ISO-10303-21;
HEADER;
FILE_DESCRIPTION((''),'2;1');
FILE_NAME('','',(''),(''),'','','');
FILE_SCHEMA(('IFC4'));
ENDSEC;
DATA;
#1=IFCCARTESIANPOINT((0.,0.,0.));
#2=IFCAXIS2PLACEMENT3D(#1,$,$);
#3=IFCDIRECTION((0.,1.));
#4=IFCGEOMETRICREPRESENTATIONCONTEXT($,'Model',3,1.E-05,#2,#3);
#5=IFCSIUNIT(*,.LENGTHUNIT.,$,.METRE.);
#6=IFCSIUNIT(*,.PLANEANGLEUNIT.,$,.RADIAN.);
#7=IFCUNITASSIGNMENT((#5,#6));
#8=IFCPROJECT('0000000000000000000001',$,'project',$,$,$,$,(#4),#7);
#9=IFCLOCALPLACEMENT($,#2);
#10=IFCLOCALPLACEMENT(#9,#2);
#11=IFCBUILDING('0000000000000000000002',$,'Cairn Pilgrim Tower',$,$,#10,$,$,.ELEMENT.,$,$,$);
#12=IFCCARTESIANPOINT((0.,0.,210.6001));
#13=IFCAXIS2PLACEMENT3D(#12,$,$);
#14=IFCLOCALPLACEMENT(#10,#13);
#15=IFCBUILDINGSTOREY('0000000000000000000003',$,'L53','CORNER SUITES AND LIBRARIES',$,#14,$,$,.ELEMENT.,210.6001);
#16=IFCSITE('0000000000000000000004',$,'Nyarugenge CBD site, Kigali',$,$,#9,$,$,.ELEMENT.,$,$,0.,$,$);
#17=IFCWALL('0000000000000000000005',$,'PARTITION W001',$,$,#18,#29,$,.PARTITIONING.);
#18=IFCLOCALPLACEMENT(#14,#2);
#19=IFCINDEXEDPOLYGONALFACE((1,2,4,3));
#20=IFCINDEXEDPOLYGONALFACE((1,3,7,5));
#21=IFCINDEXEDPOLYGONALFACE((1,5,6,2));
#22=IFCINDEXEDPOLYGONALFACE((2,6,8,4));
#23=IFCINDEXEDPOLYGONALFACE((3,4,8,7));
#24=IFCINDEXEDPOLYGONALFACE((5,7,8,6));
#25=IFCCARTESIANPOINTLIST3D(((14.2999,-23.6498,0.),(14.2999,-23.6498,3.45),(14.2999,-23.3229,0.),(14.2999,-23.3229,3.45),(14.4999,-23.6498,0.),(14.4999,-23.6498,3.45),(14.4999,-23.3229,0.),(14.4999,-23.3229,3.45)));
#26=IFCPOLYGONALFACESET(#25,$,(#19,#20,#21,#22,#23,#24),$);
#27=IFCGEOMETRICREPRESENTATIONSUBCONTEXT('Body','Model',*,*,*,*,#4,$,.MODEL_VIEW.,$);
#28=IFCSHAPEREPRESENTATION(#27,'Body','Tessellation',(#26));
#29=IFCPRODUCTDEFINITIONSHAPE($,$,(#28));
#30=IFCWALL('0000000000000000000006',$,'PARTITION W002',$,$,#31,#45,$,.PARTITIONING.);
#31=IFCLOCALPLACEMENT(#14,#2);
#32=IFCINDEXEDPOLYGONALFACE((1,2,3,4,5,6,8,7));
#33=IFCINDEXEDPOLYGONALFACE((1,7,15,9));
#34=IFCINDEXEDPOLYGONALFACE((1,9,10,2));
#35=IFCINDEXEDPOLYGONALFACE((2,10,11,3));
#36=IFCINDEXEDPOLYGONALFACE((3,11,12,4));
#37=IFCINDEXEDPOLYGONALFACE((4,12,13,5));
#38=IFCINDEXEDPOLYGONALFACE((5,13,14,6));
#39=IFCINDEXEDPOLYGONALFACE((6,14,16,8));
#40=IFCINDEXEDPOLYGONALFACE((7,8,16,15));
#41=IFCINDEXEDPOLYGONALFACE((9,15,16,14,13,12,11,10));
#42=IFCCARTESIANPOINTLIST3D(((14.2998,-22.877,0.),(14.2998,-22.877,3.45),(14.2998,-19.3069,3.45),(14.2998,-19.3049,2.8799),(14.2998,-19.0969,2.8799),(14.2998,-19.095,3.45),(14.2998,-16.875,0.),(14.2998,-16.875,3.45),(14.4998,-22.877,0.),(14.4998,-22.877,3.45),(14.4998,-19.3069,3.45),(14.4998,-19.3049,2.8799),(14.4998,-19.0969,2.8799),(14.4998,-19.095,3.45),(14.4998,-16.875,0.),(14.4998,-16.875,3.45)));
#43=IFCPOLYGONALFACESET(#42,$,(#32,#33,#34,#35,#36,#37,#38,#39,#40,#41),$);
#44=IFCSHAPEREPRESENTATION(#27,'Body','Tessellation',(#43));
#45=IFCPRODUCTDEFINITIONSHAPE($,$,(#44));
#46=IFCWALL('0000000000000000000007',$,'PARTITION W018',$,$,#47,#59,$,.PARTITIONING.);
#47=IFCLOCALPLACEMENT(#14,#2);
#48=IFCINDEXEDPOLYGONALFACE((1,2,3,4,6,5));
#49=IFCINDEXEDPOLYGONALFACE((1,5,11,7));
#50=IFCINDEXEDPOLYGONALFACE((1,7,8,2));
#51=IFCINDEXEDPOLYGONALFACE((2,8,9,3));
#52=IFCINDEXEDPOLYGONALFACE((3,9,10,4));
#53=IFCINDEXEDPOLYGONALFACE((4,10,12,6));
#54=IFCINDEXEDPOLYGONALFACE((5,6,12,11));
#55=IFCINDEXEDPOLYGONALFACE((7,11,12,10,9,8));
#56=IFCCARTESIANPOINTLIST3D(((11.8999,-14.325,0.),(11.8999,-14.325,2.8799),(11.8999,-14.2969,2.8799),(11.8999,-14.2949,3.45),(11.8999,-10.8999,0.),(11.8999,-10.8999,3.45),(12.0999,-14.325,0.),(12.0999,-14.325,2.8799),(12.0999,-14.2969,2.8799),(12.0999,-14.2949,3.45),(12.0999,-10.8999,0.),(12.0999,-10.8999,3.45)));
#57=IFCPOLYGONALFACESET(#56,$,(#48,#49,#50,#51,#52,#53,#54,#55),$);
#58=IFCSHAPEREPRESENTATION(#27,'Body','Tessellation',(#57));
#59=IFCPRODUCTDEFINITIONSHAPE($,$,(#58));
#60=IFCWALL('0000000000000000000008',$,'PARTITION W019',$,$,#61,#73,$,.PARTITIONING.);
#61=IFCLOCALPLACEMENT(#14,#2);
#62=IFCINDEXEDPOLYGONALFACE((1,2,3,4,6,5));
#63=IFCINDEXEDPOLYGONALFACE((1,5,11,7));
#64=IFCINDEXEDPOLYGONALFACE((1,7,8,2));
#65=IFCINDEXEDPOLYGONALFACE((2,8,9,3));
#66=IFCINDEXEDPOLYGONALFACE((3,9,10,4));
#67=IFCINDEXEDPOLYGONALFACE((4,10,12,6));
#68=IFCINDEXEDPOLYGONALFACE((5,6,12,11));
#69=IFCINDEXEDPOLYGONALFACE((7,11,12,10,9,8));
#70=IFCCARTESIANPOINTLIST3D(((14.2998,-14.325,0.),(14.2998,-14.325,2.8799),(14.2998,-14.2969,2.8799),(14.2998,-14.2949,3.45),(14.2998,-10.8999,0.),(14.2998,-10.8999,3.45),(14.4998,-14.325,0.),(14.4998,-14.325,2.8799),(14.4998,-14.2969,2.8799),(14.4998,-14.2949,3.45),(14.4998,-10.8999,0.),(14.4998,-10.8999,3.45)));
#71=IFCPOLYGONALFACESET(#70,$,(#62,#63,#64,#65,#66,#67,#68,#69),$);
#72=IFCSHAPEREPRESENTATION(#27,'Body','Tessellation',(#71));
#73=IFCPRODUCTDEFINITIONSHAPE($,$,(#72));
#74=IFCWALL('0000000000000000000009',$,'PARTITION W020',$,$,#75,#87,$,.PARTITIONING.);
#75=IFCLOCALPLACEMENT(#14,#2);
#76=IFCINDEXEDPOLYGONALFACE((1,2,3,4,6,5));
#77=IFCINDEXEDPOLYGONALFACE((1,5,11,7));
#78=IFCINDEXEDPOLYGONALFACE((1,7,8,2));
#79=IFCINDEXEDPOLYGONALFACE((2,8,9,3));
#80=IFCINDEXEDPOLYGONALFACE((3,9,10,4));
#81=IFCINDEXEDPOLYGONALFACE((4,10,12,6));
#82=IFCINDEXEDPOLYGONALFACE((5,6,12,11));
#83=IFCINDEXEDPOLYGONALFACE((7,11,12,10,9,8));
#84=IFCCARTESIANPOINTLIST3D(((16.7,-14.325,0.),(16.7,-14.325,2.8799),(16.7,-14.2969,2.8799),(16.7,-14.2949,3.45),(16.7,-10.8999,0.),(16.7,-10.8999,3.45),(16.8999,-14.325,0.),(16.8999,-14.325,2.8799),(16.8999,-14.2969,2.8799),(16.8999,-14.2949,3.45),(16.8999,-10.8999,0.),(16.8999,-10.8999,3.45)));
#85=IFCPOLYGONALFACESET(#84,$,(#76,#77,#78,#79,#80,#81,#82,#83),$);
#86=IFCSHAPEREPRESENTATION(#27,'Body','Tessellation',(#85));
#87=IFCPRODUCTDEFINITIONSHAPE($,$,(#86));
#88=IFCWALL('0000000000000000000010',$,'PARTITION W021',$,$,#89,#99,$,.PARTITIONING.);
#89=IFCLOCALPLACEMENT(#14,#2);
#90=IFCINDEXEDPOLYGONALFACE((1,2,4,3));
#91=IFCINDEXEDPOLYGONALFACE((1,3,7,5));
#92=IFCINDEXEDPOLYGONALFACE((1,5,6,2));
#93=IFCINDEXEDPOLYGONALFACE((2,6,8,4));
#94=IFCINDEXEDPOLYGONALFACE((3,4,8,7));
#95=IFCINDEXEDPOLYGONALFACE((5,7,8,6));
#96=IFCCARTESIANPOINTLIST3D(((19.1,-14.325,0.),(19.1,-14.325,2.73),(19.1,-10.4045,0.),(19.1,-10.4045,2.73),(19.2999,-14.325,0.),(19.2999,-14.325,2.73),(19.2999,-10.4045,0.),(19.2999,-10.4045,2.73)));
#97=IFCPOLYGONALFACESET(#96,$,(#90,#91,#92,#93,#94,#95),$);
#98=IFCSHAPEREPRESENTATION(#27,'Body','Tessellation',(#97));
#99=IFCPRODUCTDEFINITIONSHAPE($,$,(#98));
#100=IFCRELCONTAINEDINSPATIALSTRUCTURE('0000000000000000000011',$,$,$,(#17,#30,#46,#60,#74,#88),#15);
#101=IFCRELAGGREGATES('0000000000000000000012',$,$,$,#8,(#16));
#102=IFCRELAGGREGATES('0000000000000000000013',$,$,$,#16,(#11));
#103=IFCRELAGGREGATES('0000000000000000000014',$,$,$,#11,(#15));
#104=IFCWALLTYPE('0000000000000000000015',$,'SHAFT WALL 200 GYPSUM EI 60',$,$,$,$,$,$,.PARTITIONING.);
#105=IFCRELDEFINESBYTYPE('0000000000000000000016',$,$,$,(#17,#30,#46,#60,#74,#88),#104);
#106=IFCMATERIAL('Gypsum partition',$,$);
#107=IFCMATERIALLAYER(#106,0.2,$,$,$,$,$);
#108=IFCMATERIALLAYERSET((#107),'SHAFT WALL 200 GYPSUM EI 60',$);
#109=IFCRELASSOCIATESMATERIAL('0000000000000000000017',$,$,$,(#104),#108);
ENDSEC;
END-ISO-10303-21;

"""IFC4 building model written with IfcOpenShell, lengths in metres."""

from ifc_helpers import new_model, si_unit, direction, frame, frame_2d, origin, place, context, subcontext, project, spatial, polyline, rectangle, outline, extrude, material, layer, layer_set, type_object, element, save


model = new_model("IFC4")

# Units and contexts
model_context = context("Model", 3, precision=1e-05, world=origin(), true_north=direction((0.0, 1.0)))
body_context = subcontext(model_context, "Body", "Model", "MODEL_VIEW")
ifc_project = project(units=[si_unit("LENGTHUNIT", "METRE"), si_unit("PLANEANGLEUNIT", "RADIAN")], contexts=[model_context])

# Site, building, storey
site_placement = place(None, origin())
site = spatial("IfcSite", under=ifc_project, at=site_placement, Name="Nyarugenge CBD site, Kigali", CompositionType="ELEMENT", RefElevation=0.0)
building_placement = place(site_placement, origin())
building = spatial("IfcBuilding", under=site, at=building_placement, Name="Cairn Pilgrim Tower", CompositionType="ELEMENT")
storey_placement = place(building_placement, frame((0.0, 0.0, 210.6001)))
storey = spatial("IfcBuildingStorey", under=building, at=storey_placement, Name="L53", Description="CORNER SUITES AND LIBRARIES", CompositionType="ELEMENT", Elevation=210.6001)

# Shared definitions
ifc_material_1 = material(Name="Gypsum partition")

# Walls
ifc_layer_1 = layer(ifc_material_1, 0.2)
ifc_layer_set_1 = layer_set([ifc_layer_1], Name="SHAFT WALL 200 GYPSUM EI 60")
wall_type_1 = type_object("IfcWallType", Name="SHAFT WALL 200 GYPSUM EI 60", PredefinedType="PARTITIONING", material=ifc_layer_set_1)
wall_1_placement = place(storey_placement, frame((14.3999, -23.6499, 0.0), z_axis=(0.0, 0.0, 1.0), x_axis=(0.0, 1.0, 0.0)))
element("IfcWall", 1, at=wall_1_placement, inside=storey, type_object=wall_type_1, Name="PARTITION W001", PredefinedType="PARTITIONING", context=body_context, shape_type="SweptSolid", body=[
    extrude(rectangle(XDim=0.3269, YDim=0.2, at=frame_2d((0.1636, 0.0))), origin(), (0.0, 0.0, 1.0), 3.45),
])
wall_2_placement = place(storey_placement, frame((14.3999, -22.877, 0.0), z_axis=(0.0, 0.0, 1.0), x_axis=(0.0, 1.0, 0.0)))
element("IfcWall", 2, at=wall_2_placement, inside=storey, type_object=wall_type_1, Name="PARTITION W002", PredefinedType="PARTITIONING", context=body_context, shape_type="SweptSolid", body=[
    extrude(outline(polyline([(0.0, 0.0), (6.002, 0.0), (6.002, 3.45), (3.782, 3.45), (3.78, 2.8799), (3.572, 2.8799), (3.5701, 3.45), (0.0, 3.45), (0.0, 0.0)])), frame((0.0, 0.1001, 0.0), z_axis=(0.0, -1.0, 0.0), x_axis=(1.0, 0.0, 0.0)), (0.0, 0.0, 1.0), 0.2),
])
for number, where, z_axis, x_axis, name in (
    (3, (12.0, -14.325, 0.0), (0.0, 0.0, 1.0), (0.0, 1.0, 0.0), "PARTITION W018"),
    (4, (14.3999, -14.325, 0.0), (0.0, 0.0, 1.0), (0.0, 1.0, 0.0), "PARTITION W019"),
    (5, (16.8, -14.325, 0.0), (0.0, 0.0, 1.0), (0.0, 1.0, 0.0), "PARTITION W020"),
):
    element("IfcWall", number, at=place(storey_placement, frame(where, z_axis=z_axis, x_axis=x_axis)), inside=storey, type_object=wall_type_1, Name=name, PredefinedType="PARTITIONING", context=body_context, shape_type="SweptSolid", body=[
        extrude(outline(polyline([(0.0, 0.0), (3.425, 0.0), (3.425, 3.45), (0.03, 3.45), (0.0281, 2.8799), (0.0, 2.8799), (0.0, 0.0)])), frame((0.0, 0.1001, 0.0), z_axis=(0.0, -1.0, 0.0), x_axis=(1.0, 0.0, 0.0)), (0.0, 0.0, 1.0), 0.2),
    ])
wall_3_placement = place(storey_placement, frame((19.2, -14.325, 0.0), z_axis=(0.0, 0.0, 1.0), x_axis=(0.0, 1.0, 0.0)))
element("IfcWall", 6, at=wall_3_placement, inside=storey, type_object=wall_type_1, Name="PARTITION W021", PredefinedType="PARTITIONING", context=body_context, shape_type="SweptSolid", body=[
    extrude(rectangle(XDim=3.9204, YDim=0.2, at=frame_2d((1.9602, 0.0))), origin(), (0.0, 0.0, 1.0), 2.73),
])

save(model, "model.ifc")
